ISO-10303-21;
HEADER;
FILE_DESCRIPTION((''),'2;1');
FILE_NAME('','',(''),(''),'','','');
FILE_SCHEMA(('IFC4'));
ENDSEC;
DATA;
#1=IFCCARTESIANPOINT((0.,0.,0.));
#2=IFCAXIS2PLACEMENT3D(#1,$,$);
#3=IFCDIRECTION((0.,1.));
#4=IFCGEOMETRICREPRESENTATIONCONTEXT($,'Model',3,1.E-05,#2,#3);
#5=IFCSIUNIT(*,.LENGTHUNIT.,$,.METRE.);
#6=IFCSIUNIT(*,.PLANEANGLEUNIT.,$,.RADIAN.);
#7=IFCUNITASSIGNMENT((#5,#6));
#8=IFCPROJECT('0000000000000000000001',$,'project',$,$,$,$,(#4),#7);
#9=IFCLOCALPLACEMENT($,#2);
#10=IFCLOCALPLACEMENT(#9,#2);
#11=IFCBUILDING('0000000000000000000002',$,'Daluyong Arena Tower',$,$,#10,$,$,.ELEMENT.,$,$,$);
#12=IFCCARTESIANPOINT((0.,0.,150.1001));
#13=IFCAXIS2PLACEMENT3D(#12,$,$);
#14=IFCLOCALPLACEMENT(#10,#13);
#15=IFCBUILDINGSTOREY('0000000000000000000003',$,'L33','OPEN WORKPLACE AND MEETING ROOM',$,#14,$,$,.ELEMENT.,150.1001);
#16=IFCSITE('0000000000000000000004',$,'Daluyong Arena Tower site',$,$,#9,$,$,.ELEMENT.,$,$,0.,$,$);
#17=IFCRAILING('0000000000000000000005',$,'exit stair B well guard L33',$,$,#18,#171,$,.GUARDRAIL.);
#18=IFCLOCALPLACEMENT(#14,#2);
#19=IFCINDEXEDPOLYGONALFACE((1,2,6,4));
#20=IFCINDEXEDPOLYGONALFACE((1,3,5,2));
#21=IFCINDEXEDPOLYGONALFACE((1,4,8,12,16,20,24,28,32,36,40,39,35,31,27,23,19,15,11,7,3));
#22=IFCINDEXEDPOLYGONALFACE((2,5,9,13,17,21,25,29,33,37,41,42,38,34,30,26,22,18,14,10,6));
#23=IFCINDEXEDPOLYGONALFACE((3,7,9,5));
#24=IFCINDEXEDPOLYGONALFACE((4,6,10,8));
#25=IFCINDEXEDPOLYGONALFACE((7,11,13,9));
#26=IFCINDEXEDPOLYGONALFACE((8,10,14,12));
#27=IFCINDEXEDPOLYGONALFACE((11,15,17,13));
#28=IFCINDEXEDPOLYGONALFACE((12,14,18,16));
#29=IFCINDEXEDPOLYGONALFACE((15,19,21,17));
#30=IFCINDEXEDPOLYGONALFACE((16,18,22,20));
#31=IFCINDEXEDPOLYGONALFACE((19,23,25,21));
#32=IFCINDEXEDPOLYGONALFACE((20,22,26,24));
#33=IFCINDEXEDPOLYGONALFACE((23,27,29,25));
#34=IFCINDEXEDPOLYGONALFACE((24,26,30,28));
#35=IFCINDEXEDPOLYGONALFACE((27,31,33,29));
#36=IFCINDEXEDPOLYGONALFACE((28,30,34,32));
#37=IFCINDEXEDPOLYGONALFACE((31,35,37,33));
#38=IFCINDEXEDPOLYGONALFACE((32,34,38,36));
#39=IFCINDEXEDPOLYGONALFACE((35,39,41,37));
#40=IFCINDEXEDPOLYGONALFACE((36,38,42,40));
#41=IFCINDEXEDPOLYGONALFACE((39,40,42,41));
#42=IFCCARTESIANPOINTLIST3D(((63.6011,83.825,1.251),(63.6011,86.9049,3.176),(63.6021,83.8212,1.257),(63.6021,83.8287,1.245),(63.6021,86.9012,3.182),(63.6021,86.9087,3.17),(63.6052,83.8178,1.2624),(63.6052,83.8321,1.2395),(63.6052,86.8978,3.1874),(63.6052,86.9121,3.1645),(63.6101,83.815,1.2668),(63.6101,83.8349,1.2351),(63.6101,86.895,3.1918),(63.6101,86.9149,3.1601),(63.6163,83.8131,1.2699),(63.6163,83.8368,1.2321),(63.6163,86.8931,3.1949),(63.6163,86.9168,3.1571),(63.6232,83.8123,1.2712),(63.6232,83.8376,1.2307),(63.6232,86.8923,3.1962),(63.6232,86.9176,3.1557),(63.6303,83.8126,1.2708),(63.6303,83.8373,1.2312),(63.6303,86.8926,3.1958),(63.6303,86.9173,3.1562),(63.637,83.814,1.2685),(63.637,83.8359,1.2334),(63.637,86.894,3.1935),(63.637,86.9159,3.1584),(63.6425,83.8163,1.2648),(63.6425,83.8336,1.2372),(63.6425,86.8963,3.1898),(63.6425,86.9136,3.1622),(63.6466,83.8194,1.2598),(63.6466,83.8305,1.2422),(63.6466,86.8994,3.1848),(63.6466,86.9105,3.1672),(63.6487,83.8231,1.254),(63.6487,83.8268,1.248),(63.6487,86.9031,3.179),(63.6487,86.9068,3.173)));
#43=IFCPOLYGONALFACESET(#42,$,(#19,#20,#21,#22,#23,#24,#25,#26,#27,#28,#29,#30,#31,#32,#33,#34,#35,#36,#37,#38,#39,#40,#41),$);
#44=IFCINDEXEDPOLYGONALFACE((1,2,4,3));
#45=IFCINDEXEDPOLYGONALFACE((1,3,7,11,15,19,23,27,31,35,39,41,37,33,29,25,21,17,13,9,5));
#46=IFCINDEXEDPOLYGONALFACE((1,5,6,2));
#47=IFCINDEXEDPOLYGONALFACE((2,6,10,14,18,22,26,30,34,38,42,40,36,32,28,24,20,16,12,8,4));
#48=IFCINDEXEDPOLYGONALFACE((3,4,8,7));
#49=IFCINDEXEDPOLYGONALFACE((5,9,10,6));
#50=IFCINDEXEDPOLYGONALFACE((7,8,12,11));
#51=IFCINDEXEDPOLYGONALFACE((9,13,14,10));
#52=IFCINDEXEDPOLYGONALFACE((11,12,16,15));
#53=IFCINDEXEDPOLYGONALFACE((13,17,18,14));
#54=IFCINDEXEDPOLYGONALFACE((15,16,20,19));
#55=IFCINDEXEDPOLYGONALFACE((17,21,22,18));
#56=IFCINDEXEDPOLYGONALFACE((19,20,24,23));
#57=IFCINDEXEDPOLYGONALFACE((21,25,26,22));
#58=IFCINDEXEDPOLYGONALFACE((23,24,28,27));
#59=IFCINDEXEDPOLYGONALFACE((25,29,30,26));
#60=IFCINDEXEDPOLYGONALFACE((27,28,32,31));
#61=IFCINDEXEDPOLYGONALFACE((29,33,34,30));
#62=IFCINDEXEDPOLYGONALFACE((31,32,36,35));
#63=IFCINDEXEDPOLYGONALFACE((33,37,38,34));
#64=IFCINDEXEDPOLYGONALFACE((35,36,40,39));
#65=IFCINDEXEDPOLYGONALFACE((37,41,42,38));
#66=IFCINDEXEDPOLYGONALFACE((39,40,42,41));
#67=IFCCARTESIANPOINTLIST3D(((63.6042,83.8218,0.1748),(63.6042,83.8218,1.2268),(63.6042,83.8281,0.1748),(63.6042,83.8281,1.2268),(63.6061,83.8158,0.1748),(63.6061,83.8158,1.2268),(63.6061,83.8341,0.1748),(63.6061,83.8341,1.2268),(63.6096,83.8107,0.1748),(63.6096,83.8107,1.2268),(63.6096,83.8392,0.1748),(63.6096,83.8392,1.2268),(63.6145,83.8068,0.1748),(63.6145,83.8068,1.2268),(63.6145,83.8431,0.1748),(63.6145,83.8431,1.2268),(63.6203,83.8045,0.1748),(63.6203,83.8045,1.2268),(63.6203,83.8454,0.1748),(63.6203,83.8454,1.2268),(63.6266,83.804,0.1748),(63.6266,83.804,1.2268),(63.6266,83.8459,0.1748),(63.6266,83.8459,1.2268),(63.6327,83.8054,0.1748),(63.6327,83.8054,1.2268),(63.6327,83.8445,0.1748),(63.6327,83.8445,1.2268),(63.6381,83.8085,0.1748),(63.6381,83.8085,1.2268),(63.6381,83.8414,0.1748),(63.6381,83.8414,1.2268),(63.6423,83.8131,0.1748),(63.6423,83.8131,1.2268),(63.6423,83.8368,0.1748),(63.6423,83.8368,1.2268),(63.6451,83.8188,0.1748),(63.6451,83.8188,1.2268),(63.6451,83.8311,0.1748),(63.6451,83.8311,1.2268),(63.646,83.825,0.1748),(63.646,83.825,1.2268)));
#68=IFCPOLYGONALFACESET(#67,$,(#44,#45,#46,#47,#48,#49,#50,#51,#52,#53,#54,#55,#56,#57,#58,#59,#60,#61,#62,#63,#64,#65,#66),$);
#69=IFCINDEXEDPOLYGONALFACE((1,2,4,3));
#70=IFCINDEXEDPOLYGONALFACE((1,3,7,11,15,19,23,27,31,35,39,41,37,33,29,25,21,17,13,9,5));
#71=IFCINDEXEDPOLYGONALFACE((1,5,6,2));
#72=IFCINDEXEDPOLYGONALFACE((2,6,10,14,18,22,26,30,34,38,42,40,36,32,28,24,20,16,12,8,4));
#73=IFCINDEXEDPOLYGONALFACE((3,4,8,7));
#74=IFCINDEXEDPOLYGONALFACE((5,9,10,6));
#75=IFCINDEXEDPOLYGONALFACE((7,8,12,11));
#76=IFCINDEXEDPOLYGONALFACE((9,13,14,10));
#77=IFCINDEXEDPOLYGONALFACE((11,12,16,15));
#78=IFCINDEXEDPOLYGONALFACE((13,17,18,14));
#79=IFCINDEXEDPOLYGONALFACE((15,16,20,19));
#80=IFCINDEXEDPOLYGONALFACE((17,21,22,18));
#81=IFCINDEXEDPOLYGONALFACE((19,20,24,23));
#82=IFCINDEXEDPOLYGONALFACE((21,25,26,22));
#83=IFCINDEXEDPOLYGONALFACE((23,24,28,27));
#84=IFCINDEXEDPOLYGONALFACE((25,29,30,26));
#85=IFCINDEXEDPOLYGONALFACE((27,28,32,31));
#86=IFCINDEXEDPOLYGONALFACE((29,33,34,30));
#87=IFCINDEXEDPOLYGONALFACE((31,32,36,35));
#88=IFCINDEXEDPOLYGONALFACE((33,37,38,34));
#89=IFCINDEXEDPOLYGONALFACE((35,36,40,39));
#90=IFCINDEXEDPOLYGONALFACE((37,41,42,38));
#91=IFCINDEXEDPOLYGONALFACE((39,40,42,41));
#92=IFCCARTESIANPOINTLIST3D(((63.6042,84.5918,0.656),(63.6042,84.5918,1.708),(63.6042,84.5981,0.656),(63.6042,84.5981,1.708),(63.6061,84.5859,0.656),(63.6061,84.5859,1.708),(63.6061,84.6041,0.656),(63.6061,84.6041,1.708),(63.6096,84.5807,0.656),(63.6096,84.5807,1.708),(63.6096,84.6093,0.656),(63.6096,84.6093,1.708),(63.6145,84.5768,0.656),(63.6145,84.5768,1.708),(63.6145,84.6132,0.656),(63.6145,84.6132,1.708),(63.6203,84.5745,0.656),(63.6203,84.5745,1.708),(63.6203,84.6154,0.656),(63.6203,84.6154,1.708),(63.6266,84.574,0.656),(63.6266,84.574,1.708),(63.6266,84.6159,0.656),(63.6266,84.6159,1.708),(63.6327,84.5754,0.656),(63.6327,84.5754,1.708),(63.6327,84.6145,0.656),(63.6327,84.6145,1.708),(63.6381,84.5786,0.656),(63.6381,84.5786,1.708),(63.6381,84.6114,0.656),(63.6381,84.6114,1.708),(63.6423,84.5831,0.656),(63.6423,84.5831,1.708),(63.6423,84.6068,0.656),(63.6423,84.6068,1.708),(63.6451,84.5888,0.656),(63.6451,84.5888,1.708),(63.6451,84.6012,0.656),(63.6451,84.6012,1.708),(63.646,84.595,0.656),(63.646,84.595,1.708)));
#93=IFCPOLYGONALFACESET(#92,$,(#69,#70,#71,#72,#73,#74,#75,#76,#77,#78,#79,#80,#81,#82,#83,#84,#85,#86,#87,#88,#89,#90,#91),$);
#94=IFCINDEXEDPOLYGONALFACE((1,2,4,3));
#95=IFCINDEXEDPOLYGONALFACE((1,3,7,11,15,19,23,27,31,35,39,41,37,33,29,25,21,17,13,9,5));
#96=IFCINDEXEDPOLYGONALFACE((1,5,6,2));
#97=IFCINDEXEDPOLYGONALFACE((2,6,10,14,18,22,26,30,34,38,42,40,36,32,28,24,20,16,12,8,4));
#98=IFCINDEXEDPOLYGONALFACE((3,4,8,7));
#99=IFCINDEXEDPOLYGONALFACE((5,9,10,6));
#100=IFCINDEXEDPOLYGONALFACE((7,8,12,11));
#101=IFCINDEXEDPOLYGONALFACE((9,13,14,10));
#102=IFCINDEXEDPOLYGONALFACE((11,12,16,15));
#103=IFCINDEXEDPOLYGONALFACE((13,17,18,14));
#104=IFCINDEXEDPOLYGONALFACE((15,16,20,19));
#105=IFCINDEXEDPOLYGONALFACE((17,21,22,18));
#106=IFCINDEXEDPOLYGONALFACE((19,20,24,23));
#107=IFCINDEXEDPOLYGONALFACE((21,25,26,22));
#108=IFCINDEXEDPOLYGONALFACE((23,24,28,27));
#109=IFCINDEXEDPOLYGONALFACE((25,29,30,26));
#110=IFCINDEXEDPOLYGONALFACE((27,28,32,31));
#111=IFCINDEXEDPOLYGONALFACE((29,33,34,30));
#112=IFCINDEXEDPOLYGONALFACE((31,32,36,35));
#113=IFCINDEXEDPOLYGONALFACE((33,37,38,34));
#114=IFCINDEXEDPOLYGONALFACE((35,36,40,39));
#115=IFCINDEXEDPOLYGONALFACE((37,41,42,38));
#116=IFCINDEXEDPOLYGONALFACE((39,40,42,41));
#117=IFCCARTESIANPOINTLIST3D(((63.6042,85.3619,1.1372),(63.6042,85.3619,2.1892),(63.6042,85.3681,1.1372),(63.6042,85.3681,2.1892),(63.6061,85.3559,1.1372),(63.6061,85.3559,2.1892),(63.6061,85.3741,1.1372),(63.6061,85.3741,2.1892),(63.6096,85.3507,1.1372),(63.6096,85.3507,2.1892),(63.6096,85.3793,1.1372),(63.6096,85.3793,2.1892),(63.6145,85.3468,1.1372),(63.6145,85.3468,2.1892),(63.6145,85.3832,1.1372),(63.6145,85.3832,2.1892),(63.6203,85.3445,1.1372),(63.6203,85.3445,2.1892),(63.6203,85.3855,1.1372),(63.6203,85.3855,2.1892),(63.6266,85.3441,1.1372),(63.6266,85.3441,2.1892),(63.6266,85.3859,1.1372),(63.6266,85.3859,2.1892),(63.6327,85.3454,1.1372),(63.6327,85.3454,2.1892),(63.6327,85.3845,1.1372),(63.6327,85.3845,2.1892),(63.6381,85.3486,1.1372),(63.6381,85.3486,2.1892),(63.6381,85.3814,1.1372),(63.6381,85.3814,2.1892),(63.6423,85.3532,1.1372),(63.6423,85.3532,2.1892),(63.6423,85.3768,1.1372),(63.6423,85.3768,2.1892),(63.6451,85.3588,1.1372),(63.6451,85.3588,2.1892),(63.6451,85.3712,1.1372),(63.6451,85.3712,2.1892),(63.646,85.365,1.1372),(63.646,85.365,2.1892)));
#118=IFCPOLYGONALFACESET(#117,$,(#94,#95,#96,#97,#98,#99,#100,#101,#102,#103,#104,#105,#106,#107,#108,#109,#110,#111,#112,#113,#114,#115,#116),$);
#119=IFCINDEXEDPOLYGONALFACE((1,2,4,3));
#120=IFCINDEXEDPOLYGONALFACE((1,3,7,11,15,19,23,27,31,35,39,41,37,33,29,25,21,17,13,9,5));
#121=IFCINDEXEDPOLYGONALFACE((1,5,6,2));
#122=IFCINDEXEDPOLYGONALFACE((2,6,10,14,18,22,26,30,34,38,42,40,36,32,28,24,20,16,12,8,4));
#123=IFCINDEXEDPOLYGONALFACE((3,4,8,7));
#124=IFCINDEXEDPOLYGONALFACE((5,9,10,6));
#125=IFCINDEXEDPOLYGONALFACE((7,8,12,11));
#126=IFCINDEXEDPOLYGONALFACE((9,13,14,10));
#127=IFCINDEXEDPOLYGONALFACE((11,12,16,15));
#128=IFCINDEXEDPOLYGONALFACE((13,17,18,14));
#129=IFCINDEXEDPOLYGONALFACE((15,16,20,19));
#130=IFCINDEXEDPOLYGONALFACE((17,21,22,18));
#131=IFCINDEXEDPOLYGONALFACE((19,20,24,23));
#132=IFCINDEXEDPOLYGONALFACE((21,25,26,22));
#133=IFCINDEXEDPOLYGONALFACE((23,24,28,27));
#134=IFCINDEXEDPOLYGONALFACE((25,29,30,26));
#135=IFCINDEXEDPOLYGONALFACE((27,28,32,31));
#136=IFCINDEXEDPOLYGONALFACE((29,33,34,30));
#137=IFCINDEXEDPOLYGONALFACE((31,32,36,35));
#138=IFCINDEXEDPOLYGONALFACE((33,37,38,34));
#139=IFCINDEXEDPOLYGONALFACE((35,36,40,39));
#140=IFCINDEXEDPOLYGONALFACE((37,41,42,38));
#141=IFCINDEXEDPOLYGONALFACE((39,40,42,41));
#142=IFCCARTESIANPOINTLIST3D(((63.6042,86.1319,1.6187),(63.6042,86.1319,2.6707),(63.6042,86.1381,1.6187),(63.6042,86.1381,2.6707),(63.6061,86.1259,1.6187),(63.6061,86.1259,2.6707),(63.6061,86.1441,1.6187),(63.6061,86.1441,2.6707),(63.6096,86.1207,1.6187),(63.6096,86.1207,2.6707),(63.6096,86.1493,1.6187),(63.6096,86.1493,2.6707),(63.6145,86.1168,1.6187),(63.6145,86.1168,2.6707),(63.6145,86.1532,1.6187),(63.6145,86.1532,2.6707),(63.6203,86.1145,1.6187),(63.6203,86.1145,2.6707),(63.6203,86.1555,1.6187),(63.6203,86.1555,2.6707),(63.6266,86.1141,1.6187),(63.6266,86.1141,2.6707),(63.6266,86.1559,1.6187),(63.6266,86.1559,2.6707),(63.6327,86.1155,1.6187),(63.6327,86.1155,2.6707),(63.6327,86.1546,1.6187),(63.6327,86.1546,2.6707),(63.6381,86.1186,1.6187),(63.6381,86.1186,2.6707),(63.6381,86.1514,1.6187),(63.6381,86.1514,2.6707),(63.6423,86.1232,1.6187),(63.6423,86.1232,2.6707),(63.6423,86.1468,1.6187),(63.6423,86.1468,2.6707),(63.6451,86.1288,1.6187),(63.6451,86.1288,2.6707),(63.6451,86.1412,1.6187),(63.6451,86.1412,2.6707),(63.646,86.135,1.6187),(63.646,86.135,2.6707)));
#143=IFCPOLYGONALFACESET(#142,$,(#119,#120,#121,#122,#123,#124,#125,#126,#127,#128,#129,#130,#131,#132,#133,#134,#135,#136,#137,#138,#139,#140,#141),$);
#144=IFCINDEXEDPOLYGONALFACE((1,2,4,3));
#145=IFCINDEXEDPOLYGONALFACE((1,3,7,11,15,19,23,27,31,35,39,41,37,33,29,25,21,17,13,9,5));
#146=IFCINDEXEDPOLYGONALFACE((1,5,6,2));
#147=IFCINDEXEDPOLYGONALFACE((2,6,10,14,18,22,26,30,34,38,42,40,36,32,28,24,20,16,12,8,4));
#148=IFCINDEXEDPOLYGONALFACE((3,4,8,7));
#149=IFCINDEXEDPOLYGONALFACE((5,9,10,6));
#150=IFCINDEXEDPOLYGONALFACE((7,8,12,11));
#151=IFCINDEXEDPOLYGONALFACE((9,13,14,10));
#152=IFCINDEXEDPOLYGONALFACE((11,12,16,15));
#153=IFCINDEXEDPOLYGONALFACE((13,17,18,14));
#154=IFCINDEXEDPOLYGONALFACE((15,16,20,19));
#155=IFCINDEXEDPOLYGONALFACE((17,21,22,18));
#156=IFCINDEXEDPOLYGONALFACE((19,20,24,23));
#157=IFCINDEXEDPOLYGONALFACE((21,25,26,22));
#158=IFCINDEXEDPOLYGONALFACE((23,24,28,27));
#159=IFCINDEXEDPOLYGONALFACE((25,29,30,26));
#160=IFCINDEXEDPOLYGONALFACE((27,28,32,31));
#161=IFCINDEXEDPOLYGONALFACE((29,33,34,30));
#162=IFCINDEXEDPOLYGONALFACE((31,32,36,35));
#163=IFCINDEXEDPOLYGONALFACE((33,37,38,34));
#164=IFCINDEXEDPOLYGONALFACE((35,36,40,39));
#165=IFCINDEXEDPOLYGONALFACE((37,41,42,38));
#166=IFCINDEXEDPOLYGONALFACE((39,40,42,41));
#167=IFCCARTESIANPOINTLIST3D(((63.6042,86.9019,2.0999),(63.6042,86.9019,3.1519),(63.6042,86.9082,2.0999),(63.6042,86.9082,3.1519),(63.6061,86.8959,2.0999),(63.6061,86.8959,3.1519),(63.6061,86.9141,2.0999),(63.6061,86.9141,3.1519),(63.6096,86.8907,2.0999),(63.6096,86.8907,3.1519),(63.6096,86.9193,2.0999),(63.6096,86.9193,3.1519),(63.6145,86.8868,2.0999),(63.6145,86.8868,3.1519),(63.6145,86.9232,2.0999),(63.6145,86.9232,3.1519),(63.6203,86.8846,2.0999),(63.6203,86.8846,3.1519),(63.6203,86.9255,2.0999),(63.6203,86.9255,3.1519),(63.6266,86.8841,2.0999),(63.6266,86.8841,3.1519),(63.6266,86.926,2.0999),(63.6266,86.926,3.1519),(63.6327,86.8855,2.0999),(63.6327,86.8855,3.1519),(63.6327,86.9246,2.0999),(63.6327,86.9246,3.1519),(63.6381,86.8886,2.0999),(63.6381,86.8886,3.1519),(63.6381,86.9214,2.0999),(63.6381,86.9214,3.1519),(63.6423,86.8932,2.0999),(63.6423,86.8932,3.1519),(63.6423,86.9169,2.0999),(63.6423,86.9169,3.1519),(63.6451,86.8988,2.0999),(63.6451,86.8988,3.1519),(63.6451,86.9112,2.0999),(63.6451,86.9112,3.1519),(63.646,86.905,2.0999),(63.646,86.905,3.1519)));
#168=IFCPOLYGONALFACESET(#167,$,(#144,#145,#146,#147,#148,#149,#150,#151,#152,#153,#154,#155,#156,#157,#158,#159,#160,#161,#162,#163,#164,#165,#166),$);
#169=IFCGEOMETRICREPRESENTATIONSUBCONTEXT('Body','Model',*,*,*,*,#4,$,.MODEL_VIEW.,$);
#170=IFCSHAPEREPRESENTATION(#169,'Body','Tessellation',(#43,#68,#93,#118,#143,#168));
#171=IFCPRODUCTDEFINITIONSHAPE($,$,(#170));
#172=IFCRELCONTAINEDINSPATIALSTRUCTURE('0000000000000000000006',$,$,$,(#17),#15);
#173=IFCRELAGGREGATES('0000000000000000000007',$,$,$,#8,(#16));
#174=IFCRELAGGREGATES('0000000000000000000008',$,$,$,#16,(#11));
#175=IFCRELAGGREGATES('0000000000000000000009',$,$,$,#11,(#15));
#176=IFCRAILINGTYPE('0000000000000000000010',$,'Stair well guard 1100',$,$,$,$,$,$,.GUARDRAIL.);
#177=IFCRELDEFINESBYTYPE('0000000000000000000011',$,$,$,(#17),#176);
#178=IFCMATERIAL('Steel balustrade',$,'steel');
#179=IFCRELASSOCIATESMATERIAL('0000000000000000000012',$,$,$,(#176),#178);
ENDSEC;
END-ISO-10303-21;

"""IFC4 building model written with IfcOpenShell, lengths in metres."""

from ifc_helpers import new_model, si_unit, direction, frame, origin, origin_2d, place, context, subcontext, project, spatial, circle, extrude, material, type_object, element, save


model = new_model("IFC4")

# Units and contexts
model_context = context("Model", 3, precision=1e-05, world=origin(), true_north=direction((0.0, 1.0)))
body_context = subcontext(model_context, "Body", "Model", "MODEL_VIEW")
ifc_project = project(units=[si_unit("LENGTHUNIT", "METRE"), si_unit("PLANEANGLEUNIT", "RADIAN")], contexts=[model_context])

# Site, building, storey
site_placement = place(None, origin())
site = spatial("IfcSite", under=ifc_project, at=site_placement, Name="Daluyong Arena Tower site", CompositionType="ELEMENT", RefElevation=0.0)
building_placement = place(site_placement, origin())
building = spatial("IfcBuilding", under=site, at=building_placement, Name="Daluyong Arena Tower", CompositionType="ELEMENT")
storey_placement = place(building_placement, frame((0.0, 0.0, 150.1001)))
storey = spatial("IfcBuildingStorey", under=building, at=storey_placement, Name="L33", Description="OPEN WORKPLACE AND MEETING ROOM", CompositionType="ELEMENT", Elevation=150.1001)

# Railing
ifc_material_1 = material(Name="Steel balustrade", Category="steel")
railing_type_1 = type_object("IfcRailingType", Name="Stair well guard 1100", PredefinedType="GUARDRAIL", material=ifc_material_1)
railing_1_placement = place(storey_placement, frame((63.625, 83.825, 0.1748)))
element("IfcRailing", 1, at=railing_1_placement, inside=storey, type_object=railing_type_1, Name="exit stair B well guard L33", PredefinedType="GUARDRAIL", context=body_context, shape_type="SweptSolid", body=[
    extrude(circle(Radius=0.0239, at=origin_2d()), frame((0.0, 0.0, 1.0762), z_axis=(0.0, 0.847998, 0.529999), x_axis=(-1.0, 0.0, 0.0)), (0.0, 0.0, 1.0), 3.6321),
    extrude(circle(Radius=0.021, at=origin_2d()), origin(), (0.0, 0.0, 1.0), 1.052),
    extrude(circle(Radius=0.021, at=origin_2d()), frame((0.0, 0.77, 0.4812)), (0.0, 0.0, 1.0), 1.052),
    extrude(circle(Radius=0.021, at=origin_2d()), frame((0.0, 1.54, 0.9624)), (0.0, 0.0, 1.0), 1.052),
    extrude(circle(Radius=0.021, at=origin_2d()), frame((0.0, 2.3101, 1.4438)), (0.0, 0.0, 1.0), 1.052),
    extrude(circle(Radius=0.021, at=origin_2d()), frame((0.0, 3.0801, 1.925)), (0.0, 0.0, 1.0), 1.052),
])

save(model, "model.ifc")
